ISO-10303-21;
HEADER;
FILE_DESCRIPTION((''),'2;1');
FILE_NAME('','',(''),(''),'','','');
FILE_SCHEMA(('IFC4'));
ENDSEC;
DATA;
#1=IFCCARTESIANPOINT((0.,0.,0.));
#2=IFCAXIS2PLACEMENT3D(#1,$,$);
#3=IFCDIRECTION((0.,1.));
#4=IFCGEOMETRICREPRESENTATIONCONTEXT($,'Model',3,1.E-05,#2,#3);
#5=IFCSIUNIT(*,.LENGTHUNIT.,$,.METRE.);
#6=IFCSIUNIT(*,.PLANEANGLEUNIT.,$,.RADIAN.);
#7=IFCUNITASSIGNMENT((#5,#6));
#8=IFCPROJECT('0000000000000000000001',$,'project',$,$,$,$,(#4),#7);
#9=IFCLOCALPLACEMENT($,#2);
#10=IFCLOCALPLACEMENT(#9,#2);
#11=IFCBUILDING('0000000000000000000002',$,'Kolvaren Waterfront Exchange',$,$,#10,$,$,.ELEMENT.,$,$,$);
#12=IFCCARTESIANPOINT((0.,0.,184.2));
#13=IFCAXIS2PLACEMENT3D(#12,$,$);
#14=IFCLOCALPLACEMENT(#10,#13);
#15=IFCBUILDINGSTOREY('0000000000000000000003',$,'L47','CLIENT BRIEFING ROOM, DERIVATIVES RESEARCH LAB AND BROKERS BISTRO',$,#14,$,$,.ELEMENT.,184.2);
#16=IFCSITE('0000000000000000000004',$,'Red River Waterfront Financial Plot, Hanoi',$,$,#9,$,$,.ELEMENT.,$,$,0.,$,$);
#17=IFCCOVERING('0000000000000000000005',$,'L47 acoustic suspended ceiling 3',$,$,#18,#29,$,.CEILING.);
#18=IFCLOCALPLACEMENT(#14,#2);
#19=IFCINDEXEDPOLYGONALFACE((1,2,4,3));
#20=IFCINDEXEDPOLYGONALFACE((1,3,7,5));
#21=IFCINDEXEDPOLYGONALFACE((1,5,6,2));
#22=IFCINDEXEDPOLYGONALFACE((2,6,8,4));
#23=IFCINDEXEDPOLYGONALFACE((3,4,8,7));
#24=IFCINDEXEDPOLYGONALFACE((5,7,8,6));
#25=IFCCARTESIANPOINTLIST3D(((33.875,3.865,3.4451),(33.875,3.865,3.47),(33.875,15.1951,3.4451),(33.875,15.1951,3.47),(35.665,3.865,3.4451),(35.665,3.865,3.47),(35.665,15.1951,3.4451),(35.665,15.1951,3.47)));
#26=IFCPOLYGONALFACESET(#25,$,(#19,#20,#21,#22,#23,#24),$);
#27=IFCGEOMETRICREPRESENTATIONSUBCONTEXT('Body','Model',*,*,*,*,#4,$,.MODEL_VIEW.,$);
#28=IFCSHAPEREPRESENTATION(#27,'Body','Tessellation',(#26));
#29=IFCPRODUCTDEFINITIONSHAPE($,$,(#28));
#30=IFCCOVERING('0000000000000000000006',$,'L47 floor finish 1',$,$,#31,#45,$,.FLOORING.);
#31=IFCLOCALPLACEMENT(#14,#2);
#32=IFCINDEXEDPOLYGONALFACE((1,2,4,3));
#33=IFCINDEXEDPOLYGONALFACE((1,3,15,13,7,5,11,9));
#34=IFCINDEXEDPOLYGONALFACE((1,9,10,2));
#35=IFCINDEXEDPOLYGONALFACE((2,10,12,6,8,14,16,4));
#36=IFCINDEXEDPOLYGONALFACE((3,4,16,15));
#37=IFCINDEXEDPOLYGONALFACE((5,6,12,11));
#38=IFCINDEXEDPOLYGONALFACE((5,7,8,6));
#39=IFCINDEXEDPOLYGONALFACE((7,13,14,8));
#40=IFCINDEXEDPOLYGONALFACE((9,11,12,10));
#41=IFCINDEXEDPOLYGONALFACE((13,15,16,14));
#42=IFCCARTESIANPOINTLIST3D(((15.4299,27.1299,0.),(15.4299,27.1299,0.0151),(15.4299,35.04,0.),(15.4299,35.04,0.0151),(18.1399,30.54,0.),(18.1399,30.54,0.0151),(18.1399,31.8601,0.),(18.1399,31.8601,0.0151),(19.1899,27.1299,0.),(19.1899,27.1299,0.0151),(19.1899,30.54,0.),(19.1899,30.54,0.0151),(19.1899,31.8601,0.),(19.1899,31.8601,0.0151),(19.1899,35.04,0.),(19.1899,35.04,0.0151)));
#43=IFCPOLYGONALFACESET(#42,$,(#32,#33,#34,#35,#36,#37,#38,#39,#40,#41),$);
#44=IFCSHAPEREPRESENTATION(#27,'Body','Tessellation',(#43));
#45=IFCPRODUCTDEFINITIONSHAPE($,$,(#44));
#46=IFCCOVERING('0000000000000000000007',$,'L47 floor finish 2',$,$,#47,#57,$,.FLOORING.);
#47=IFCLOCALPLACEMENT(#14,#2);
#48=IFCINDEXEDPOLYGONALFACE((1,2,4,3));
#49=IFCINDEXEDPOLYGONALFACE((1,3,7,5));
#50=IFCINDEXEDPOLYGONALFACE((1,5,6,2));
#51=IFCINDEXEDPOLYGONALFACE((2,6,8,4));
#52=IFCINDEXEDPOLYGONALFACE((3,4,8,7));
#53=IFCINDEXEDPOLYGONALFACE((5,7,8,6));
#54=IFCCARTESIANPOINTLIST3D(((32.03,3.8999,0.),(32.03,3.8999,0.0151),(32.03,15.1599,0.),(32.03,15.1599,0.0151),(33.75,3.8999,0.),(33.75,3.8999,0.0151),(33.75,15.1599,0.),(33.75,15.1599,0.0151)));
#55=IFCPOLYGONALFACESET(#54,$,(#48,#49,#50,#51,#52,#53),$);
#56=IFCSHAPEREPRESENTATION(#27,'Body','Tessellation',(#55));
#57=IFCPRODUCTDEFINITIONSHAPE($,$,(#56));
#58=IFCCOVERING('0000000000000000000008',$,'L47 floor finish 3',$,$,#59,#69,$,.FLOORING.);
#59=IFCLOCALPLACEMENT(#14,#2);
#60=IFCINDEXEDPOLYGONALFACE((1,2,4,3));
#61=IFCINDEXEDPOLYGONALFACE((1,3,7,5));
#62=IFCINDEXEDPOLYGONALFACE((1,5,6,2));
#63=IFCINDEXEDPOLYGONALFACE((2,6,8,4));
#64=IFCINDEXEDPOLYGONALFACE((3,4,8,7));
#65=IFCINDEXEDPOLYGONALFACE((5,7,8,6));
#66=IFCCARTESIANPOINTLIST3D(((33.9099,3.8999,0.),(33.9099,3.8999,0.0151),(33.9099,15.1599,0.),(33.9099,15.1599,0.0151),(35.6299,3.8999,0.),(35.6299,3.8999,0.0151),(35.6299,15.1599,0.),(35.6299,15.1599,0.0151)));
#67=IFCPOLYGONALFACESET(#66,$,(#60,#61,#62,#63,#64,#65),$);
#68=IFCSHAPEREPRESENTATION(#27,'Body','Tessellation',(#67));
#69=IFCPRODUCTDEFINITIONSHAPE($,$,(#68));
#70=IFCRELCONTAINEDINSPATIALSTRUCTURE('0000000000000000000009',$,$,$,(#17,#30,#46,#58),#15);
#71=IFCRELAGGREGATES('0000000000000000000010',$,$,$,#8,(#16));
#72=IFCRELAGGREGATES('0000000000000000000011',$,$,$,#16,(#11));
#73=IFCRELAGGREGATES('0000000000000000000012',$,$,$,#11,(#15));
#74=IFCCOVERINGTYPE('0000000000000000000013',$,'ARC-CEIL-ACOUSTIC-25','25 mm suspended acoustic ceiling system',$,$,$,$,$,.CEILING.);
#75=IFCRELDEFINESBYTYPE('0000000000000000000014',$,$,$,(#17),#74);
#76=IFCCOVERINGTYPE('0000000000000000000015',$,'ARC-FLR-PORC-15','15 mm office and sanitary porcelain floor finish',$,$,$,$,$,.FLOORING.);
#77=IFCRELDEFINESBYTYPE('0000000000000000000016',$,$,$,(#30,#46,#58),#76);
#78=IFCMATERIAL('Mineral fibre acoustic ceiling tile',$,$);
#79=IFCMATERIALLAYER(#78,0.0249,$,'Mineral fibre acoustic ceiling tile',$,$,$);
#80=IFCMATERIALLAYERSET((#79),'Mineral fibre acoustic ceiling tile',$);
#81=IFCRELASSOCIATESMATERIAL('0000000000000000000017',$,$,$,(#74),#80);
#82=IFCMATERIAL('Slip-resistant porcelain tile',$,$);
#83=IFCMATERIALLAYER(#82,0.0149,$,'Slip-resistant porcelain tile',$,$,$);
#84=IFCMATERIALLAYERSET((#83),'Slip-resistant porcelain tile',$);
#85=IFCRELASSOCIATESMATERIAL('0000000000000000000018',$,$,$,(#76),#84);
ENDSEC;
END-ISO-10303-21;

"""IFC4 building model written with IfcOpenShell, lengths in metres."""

from ifc_helpers import new_model, si_unit, direction, frame, origin, place, context, subcontext, project, spatial, polyline, outline, extrude, material, layer, layer_set, type_object, element, save


model = new_model("IFC4")

# Units and contexts
model_context = context("Model", 3, precision=1e-05, world=origin(), true_north=direction((0.0, 1.0)))
body_context = subcontext(model_context, "Body", "Model", "MODEL_VIEW")
ifc_project = project(units=[si_unit("LENGTHUNIT", "METRE"), si_unit("PLANEANGLEUNIT", "RADIAN")], contexts=[model_context])

# Site, building, storey
site_placement = place(None, origin())
site = spatial("IfcSite", under=ifc_project, at=site_placement, Name="Red River Waterfront Financial Plot, Hanoi", CompositionType="ELEMENT", RefElevation=0.0)
building_placement = place(site_placement, origin())
building = spatial("IfcBuilding", under=site, at=building_placement, Name="Kolvaren Waterfront Exchange", CompositionType="ELEMENT")
storey_placement = place(building_placement, frame((0.0, 0.0, 184.2)))
storey = spatial("IfcBuildingStorey", under=building, at=storey_placement, Name="L47", Description="CLIENT BRIEFING ROOM, DERIVATIVES RESEARCH LAB AND BROKERS BISTRO", CompositionType="ELEMENT", Elevation=184.2)

# Coverings
ifc_material_1 = material(Name="Mineral fibre acoustic ceiling tile")
ifc_layer_1 = layer(ifc_material_1, 0.0249, Name="Mineral fibre acoustic ceiling tile")
ifc_layer_set_1 = layer_set([ifc_layer_1], Name="Mineral fibre acoustic ceiling tile")
covering_type_1 = type_object("IfcCoveringType", Name="ARC-CEIL-ACOUSTIC-25", Description="25 mm suspended acoustic ceiling system", PredefinedType="CEILING", material=ifc_layer_set_1)
covering_1_placement = place(storey_placement, frame((0.0, 0.0, 3.4451)))
element("IfcCovering", 1, at=covering_1_placement, inside=storey, type_object=covering_type_1, Name="L47 acoustic suspended ceiling 3", PredefinedType="CEILING", context=body_context, shape_type="SweptSolid", body=[
    extrude(outline(polyline([(35.665, 3.865), (35.665, 15.1951), (33.875, 15.1951), (33.875, 3.865), (35.665, 3.865)])), origin(), (0.0, 0.0, 1.0), 0.0249),
])
ifc_material_2 = material(Name="Slip-resistant porcelain tile")
ifc_layer_2 = layer(ifc_material_2, 0.0149, Name="Slip-resistant porcelain tile")
ifc_layer_set_2 = layer_set([ifc_layer_2], Name="Slip-resistant porcelain tile")
covering_type_2 = type_object("IfcCoveringType", Name="ARC-FLR-PORC-15", Description="15 mm office and sanitary porcelain floor finish", PredefinedType="FLOORING", material=ifc_layer_set_2)
covering_2_placement = place(storey_placement, origin())
element("IfcCovering", 2, at=covering_2_placement, inside=storey, type_object=covering_type_2, Name="L47 floor finish 1", PredefinedType="FLOORING", context=body_context, shape_type="SweptSolid", body=[
    extrude(outline(polyline([(15.4299, 35.04), (15.4299, 27.1299), (19.1899, 27.1299), (19.1899, 30.54), (18.1399, 30.54), (18.1399, 31.8601), (19.1899, 31.8601), (19.1899, 35.04), (15.4299, 35.04)])), origin(), (0.0, 0.0, 1.0), 0.0151),
])
covering_3_placement = place(storey_placement, origin())
element("IfcCovering", 3, at=covering_3_placement, inside=storey, type_object=covering_type_2, Name="L47 floor finish 2", PredefinedType="FLOORING", context=body_context, shape_type="SweptSolid", body=[
    extrude(outline(polyline([(32.03, 15.1599), (32.03, 3.8999), (33.75, 3.8999), (33.75, 15.1599), (32.03, 15.1599)])), origin(), (0.0, 0.0, 1.0), 0.0151),
])
covering_4_placement = place(storey_placement, origin())
element("IfcCovering", 4, at=covering_4_placement, inside=storey, type_object=covering_type_2, Name="L47 floor finish 3", PredefinedType="FLOORING", context=body_context, shape_type="SweptSolid", body=[
    extrude(outline(polyline([(33.9099, 15.1599), (33.9099, 3.8999), (35.6299, 3.8999), (35.6299, 15.1599), (33.9099, 15.1599)])), origin(), (0.0, 0.0, 1.0), 0.0151),
])

save(model, "model.ifc")
